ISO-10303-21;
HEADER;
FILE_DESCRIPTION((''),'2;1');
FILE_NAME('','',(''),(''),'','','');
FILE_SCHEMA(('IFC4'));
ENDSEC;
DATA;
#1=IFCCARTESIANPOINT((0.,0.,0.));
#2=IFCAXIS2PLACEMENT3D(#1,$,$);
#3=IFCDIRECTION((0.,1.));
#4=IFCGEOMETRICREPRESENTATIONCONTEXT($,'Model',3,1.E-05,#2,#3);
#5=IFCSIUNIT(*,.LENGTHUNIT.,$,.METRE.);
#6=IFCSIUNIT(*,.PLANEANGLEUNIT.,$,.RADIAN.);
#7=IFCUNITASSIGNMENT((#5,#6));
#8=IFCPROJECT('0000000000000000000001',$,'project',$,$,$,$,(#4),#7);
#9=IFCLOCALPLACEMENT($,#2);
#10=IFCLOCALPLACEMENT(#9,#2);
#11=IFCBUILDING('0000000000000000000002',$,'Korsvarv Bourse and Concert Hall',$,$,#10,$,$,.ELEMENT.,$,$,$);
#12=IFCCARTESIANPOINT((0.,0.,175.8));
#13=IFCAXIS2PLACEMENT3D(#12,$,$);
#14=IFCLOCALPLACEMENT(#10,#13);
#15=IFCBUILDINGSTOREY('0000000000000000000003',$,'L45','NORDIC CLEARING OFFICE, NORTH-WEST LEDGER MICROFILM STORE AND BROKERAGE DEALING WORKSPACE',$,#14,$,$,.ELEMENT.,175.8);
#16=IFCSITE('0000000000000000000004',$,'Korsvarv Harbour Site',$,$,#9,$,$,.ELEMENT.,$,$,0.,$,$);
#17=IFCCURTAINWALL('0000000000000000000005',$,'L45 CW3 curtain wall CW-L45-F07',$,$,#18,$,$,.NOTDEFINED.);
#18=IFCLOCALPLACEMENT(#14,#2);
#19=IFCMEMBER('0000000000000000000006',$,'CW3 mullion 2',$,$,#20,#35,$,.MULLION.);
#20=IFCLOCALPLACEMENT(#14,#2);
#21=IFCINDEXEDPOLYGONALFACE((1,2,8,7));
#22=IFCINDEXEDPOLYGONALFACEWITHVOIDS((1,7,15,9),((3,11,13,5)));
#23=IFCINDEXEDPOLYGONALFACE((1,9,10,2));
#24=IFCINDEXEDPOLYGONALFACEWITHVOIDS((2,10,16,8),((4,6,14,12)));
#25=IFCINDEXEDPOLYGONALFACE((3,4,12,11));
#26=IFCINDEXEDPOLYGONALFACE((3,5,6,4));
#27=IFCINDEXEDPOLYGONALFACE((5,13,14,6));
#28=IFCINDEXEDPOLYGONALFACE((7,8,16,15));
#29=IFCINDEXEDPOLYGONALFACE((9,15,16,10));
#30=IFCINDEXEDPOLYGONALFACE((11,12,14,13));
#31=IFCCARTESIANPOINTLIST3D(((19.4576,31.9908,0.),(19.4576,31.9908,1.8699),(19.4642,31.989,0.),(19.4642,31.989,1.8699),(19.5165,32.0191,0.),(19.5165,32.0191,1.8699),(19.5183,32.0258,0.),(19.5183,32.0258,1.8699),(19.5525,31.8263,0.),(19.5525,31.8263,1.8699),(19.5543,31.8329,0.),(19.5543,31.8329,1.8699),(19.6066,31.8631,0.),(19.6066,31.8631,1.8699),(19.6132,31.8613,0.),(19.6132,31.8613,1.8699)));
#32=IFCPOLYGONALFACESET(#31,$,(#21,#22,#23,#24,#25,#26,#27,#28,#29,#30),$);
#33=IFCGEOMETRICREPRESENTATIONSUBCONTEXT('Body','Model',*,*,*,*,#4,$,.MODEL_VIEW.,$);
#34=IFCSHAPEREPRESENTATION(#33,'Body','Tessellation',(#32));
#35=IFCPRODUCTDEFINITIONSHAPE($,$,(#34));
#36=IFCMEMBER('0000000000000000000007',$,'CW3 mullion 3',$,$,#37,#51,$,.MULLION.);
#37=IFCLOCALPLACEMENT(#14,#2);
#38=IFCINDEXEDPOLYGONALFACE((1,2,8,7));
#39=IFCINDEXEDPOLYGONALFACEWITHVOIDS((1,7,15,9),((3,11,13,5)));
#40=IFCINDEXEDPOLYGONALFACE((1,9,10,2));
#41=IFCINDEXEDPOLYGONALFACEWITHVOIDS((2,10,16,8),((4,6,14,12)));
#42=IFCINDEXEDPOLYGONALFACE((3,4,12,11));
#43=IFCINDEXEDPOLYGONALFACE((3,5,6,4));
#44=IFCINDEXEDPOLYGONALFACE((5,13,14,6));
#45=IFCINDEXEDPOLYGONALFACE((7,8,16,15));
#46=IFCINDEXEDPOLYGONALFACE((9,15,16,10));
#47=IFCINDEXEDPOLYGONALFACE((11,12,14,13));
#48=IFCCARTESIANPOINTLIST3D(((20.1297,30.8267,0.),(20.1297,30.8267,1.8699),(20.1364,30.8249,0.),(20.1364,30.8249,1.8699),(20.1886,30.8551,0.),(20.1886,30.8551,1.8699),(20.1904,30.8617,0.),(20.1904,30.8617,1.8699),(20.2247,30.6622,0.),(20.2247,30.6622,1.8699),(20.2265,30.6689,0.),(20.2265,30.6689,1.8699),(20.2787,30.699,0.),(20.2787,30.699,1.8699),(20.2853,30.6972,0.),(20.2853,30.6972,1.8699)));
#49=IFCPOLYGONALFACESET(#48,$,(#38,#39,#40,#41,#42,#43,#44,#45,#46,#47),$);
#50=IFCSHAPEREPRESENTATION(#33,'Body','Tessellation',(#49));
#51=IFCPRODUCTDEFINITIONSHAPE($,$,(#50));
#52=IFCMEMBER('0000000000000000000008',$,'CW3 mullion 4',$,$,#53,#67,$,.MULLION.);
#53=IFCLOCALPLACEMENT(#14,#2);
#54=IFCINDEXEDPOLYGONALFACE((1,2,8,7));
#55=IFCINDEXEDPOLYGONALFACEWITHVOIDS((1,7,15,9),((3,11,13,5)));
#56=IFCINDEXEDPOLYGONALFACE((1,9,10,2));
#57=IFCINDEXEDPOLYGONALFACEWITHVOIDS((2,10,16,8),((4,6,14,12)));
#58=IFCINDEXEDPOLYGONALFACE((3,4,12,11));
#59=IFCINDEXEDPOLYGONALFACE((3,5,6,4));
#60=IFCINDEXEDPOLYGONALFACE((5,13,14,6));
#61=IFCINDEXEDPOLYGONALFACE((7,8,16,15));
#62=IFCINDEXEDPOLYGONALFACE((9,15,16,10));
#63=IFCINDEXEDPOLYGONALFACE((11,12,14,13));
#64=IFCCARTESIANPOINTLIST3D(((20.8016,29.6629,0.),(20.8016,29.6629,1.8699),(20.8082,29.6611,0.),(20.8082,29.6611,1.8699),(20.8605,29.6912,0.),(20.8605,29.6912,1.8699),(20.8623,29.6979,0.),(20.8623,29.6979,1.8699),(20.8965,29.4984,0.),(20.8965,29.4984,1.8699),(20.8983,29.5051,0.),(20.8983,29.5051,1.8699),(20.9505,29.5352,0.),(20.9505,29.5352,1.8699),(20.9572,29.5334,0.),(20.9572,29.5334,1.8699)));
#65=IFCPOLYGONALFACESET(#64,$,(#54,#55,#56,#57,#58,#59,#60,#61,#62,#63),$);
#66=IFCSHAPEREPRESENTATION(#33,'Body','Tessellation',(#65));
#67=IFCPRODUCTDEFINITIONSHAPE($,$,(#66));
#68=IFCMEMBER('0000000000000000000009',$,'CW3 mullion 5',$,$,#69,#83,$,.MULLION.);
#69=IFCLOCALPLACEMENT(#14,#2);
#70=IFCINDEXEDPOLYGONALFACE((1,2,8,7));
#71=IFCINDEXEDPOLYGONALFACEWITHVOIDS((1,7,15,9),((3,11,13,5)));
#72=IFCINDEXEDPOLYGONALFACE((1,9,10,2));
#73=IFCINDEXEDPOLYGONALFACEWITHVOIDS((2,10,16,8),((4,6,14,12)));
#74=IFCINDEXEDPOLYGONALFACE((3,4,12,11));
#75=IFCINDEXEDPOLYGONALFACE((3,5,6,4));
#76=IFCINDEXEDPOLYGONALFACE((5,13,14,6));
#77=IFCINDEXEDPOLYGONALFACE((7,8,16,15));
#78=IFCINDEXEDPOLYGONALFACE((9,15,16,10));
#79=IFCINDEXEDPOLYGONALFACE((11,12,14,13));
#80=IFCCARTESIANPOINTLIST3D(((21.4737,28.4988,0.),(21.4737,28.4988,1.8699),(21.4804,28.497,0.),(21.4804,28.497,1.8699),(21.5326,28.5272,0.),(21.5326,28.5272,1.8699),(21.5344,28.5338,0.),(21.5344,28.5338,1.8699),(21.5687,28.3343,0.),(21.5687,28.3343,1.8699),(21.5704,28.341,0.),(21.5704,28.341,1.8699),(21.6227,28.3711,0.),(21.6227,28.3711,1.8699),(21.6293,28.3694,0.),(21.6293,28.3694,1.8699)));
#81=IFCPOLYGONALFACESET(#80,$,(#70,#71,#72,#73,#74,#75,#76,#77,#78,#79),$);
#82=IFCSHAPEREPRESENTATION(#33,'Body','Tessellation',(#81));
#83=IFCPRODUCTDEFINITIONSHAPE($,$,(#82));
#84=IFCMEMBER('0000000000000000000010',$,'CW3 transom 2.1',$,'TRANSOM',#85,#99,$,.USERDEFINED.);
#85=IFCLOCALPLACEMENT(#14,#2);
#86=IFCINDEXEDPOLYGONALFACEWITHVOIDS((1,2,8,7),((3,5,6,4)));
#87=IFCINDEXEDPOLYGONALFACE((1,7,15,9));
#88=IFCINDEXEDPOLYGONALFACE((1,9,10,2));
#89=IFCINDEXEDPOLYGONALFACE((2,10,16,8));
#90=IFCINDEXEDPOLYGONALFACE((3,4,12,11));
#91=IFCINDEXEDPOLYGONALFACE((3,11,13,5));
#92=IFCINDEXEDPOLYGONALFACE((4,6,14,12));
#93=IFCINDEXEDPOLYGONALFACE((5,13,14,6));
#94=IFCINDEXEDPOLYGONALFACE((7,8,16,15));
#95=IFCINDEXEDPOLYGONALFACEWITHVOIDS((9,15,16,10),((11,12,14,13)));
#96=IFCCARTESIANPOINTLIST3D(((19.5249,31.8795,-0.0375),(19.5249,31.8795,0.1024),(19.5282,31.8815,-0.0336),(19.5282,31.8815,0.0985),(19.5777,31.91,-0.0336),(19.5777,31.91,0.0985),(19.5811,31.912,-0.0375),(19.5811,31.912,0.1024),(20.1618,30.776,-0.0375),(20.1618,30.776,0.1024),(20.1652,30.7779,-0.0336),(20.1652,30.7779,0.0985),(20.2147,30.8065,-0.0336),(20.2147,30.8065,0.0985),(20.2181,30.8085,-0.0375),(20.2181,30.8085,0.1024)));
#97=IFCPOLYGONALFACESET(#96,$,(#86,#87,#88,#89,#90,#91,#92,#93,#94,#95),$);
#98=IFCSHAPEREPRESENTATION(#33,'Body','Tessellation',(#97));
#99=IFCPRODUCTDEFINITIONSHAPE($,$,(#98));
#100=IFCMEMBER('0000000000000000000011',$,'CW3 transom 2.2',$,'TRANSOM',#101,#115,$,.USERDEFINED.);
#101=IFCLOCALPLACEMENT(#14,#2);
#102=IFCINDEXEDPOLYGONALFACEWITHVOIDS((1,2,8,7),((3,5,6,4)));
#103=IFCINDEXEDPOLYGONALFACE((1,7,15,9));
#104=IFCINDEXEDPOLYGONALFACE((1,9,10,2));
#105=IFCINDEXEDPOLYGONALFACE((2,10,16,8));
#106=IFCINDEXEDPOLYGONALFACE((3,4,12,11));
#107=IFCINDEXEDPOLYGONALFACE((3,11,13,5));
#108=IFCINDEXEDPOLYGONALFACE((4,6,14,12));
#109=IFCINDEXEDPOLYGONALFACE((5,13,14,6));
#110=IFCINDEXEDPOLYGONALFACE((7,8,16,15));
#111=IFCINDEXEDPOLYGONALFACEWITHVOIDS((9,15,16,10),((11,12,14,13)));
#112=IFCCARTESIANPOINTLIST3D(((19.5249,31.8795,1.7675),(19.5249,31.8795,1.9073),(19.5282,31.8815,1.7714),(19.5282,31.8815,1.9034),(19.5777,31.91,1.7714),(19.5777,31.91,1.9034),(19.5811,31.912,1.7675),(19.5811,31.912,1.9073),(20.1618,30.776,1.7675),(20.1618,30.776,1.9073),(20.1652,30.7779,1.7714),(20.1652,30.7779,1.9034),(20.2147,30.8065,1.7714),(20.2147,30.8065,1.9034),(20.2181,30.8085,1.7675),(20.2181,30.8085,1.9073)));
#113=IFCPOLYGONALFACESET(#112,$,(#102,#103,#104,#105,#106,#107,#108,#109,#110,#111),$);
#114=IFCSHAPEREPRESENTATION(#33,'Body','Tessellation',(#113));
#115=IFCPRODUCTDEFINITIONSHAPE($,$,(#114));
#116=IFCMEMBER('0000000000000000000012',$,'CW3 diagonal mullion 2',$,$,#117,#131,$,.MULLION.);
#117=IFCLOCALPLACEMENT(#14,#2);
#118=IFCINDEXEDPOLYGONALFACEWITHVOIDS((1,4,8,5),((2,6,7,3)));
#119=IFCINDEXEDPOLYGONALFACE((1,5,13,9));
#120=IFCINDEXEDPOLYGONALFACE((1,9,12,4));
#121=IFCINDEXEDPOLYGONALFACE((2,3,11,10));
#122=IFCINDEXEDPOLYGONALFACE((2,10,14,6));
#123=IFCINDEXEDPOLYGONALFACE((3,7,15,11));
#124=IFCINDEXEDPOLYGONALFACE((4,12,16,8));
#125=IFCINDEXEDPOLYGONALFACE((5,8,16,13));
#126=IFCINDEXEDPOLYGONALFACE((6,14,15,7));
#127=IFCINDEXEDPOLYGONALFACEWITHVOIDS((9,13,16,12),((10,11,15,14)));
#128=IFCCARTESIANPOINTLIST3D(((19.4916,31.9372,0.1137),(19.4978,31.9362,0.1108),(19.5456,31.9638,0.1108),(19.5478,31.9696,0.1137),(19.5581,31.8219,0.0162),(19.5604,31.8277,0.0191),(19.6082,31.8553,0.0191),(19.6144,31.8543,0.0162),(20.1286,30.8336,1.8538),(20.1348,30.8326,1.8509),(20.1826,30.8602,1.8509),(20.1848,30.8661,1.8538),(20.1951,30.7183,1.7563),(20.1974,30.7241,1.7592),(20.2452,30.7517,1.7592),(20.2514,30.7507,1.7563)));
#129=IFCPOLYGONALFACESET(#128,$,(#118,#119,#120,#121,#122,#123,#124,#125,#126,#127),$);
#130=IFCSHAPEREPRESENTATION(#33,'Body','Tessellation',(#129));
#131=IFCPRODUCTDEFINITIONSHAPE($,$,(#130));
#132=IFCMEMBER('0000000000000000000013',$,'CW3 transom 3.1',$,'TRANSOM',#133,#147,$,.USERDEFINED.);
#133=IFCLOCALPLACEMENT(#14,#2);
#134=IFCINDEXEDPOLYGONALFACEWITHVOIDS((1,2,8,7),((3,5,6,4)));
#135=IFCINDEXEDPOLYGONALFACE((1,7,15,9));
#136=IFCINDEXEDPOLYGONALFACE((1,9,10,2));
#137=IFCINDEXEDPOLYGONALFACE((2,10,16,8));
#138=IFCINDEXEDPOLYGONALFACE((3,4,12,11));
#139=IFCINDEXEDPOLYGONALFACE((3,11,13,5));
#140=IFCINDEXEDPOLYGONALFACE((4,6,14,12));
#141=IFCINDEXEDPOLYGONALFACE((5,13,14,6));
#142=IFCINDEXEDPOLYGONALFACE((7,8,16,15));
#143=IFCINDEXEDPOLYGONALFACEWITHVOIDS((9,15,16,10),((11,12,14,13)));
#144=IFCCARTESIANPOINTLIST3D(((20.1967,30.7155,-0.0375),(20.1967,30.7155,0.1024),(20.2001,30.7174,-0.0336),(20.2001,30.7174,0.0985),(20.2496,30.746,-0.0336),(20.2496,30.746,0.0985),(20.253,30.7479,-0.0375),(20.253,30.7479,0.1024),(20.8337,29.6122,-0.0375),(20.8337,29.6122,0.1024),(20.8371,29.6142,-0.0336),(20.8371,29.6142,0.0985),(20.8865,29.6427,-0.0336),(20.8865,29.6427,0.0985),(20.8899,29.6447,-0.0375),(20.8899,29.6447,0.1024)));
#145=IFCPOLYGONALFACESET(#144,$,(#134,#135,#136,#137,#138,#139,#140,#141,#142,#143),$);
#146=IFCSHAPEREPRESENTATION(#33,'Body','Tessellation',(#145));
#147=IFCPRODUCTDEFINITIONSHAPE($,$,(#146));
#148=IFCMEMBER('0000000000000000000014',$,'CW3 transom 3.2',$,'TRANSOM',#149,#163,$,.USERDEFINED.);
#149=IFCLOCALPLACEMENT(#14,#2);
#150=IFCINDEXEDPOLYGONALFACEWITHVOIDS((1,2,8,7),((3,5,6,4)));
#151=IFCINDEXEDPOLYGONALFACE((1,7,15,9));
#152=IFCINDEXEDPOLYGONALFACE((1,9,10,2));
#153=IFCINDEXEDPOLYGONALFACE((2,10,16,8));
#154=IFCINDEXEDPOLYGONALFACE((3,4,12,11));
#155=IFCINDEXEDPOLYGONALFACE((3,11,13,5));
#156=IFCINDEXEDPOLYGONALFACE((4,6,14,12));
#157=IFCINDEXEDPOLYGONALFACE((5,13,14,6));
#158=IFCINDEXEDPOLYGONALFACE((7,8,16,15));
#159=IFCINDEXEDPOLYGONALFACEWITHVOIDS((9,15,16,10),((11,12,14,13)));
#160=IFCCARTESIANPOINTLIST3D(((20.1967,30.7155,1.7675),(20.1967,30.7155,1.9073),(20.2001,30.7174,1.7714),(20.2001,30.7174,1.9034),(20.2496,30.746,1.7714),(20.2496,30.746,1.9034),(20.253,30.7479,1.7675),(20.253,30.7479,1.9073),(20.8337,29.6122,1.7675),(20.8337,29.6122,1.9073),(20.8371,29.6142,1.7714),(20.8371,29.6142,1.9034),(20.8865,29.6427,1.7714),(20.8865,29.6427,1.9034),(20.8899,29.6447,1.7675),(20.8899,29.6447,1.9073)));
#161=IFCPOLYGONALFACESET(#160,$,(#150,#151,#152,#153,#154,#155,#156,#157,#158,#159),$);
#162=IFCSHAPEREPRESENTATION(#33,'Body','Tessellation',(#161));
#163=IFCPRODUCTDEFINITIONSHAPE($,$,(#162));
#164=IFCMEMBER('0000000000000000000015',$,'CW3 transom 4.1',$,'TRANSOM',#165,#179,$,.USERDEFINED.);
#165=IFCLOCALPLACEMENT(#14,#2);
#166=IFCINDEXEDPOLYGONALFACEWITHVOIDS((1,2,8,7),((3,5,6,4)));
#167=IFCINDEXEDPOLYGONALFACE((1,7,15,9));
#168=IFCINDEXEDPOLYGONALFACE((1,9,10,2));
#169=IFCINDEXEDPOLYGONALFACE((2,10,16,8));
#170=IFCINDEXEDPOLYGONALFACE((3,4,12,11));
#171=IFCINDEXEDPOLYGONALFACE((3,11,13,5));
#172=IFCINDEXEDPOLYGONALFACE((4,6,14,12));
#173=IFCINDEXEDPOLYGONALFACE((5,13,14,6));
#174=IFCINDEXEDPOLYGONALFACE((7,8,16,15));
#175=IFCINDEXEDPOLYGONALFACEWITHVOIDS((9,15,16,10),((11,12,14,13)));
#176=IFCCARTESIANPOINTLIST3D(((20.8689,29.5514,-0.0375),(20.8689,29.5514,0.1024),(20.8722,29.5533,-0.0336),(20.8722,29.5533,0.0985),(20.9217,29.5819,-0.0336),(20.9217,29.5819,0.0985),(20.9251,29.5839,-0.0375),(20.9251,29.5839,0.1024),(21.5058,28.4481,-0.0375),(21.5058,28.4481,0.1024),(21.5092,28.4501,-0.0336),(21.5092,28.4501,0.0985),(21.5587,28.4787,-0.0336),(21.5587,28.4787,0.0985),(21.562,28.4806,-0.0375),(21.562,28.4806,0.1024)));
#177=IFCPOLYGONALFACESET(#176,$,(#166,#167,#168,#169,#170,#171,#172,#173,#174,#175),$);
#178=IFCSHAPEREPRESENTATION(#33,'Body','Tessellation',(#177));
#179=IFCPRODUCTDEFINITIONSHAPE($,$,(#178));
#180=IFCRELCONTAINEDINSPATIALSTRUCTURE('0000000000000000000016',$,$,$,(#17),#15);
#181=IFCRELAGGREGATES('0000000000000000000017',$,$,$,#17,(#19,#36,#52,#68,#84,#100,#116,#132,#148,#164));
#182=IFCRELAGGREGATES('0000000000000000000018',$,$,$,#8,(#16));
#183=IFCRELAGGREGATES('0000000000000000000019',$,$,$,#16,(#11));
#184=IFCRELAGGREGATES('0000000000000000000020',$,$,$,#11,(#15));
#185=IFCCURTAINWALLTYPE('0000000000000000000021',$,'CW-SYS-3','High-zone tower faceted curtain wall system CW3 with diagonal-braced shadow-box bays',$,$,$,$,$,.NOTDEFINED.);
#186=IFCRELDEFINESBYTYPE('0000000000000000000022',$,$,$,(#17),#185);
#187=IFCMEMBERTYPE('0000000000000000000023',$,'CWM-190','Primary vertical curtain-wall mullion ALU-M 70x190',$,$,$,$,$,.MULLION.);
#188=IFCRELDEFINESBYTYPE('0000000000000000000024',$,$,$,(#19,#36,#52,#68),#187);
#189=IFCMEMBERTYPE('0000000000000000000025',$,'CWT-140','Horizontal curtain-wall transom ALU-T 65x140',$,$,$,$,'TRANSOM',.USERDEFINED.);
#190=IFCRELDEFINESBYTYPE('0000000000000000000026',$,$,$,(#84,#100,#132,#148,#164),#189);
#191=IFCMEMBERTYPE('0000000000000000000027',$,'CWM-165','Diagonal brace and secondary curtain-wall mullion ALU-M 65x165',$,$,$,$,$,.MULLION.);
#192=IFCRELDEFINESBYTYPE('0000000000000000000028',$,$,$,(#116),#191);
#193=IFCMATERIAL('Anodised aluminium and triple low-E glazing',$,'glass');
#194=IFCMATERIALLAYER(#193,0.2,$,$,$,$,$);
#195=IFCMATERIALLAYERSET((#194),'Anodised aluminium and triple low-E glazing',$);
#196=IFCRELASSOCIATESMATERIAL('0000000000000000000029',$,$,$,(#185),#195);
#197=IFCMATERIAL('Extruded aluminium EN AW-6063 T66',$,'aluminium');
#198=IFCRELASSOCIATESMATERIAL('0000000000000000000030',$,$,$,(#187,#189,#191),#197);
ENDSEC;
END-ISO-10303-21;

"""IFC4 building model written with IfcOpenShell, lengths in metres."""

from ifc_helpers import new_model, si_unit, direction, frame, origin, origin_2d, place, context, subcontext, project, spatial, hollow_rectangle, extrude, source, transform, mapped, material, layer, layer_set, material_profile, profile_set, type_object, element, aggregate, save


model = new_model("IFC4")

# Units and contexts
model_context = context("Model", 3, precision=1e-05, world=origin(), true_north=direction((0.0, 1.0)))
body_context = subcontext(model_context, "Body", "Model", "MODEL_VIEW")
ifc_project = project(units=[si_unit("LENGTHUNIT", "METRE"), si_unit("PLANEANGLEUNIT", "RADIAN")], contexts=[model_context])

# Site, building, storey
site_placement = place(None, origin())
site = spatial("IfcSite", under=ifc_project, at=site_placement, Name="Korsvarv Harbour Site", CompositionType="ELEMENT", RefElevation=0.0)
building_placement = place(site_placement, origin())
building = spatial("IfcBuilding", under=site, at=building_placement, Name="Korsvarv Bourse and Concert Hall", CompositionType="ELEMENT")
storey_placement = place(building_placement, frame((0.0, 0.0, 175.8)))
storey = spatial("IfcBuildingStorey", under=building, at=storey_placement, Name="L45", Description="NORDIC CLEARING OFFICE, NORTH-WEST LEDGER MICROFILM STORE AND BROKERAGE DEALING WORKSPACE", CompositionType="ELEMENT", Elevation=175.8)

# Curtain wall, members
ifc_material_1 = material(Name="Anodised aluminium and triple low-E glazing", Category="glass")
ifc_layer_1 = layer(ifc_material_1, 0.2)
ifc_layer_set_1 = layer_set([ifc_layer_1], Name="Anodised aluminium and triple low-E glazing")
curtain_wall_type = type_object("IfcCurtainWallType", Name="CW-SYS-3", Description="High-zone tower faceted curtain wall system CW3 with diagonal-braced shadow-box bays", PredefinedType="NOTDEFINED", material=ifc_layer_set_1)
curtain_wall_placement = place(storey_placement, origin())
curtain_wall = element("IfcCurtainWall", 1, at=curtain_wall_placement, inside=storey, type_object=curtain_wall_type, Name="L45 CW3 curtain wall CW-L45-F07", PredefinedType="NOTDEFINED")
ifc_material_2 = material(Name="Extruded aluminium EN AW-6063 T66", Category="aluminium")
ifc_material_profile_1 = material_profile(ifc_material_2, hollow_rectangle(XDim=0.0701, YDim=0.1899, WallThickness=0.0049, at=origin_2d()), Name="ALU-M 70x190")
ifc_profile_set_1 = profile_set([ifc_material_profile_1], Name="Extruded aluminium EN AW-6063 T66")
member_type_1 = type_object("IfcMemberType", Name="CWM-190", Description="Primary vertical curtain-wall mullion ALU-M 70x190", PredefinedType="MULLION", material=ifc_profile_set_1)
shared_shape_1 = source(origin(), body_context, "Body", "SweptSolid", [
    extrude(hollow_rectangle(XDim=0.0701, YDim=0.1899, WallThickness=0.0049, at=origin_2d()), origin(), (0.0, 0.0, 1.0), 1.8699),
])
member_1_placement = place(storey_placement, frame((19.5354, 31.926, 0.0), z_axis=(0.0, 0.0, 1.0), x_axis=(0.866029, 0.499994, 0.0)))
member_1 = element("IfcMember", 2, at=member_1_placement, type_object=member_type_1, Name="CW3 mullion 2", PredefinedType="MULLION", context=body_context, shape_type="MappedRepresentation", body=[
    mapped(shared_shape_1, transform((0.0, 0.0, 0.0), scale=1.0)),
])
member_2_placement = place(storey_placement, frame((20.2075, 30.762, 0.0), z_axis=(0.0, 0.0, 1.0), x_axis=(0.866029, 0.499994, 0.0)))
member_2 = element("IfcMember", 3, at=member_2_placement, type_object=member_type_1, Name="CW3 mullion 3", PredefinedType="MULLION", context=body_context, shape_type="MappedRepresentation", body=[
    mapped(shared_shape_1, transform((0.0, 0.0, 0.0), scale=1.0)),
])
member_3_placement = place(storey_placement, frame((20.8794, 29.5981, 0.0), z_axis=(0.0, 0.0, 1.0), x_axis=(0.866029, 0.499994, 0.0)))
member_3 = element("IfcMember", 4, at=member_3_placement, type_object=member_type_1, Name="CW3 mullion 4", PredefinedType="MULLION", context=body_context, shape_type="MappedRepresentation", body=[
    mapped(shared_shape_1, transform((0.0, 0.0, 0.0), scale=1.0)),
])
member_4_placement = place(storey_placement, frame((21.5515, 28.4341, 0.0), z_axis=(0.0, 0.0, 1.0), x_axis=(0.866029, 0.499994, 0.0)))
member_4 = element("IfcMember", 5, at=member_4_placement, type_object=member_type_1, Name="CW3 mullion 5", PredefinedType="MULLION", context=body_context, shape_type="MappedRepresentation", body=[
    mapped(shared_shape_1, transform((0.0, 0.0, 0.0), scale=1.0)),
])
ifc_material_profile_2 = material_profile(ifc_material_2, hollow_rectangle(XDim=0.0649, YDim=0.1399, WallThickness=0.0039, at=origin_2d()), Name="ALU-T 65x140")
ifc_profile_set_2 = profile_set([ifc_material_profile_2], Name="Extruded aluminium EN AW-6063 T66")
member_type_2 = type_object("IfcMemberType", Name="CWT-140", Description="Horizontal curtain-wall transom ALU-T 65x140", ElementType="TRANSOM", PredefinedType="USERDEFINED", material=ifc_profile_set_2)
shared_shape_2 = source(origin(), body_context, "Body", "SweptSolid", [
    extrude(hollow_rectangle(XDim=0.0649, YDim=0.1399, WallThickness=0.0039, at=origin_2d()), origin(), (0.0, 0.0, 1.0), 1.2742),
])
member_5_placement = place(storey_placement, frame((19.553, 31.8958, 0.0325), z_axis=(0.49991, -0.866077, 0.0), x_axis=(0.866077, 0.49991, 0.0)))
member_5 = element("IfcMember", 6, at=member_5_placement, type_object=member_type_2, Name="CW3 transom 2.1", ObjectType="TRANSOM", PredefinedType="USERDEFINED", context=body_context, shape_type="MappedRepresentation", body=[
    mapped(shared_shape_2, transform((0.0, 0.0, 0.0), scale=1.0)),
])
member_6_placement = place(storey_placement, frame((19.553, 31.8958, 1.8374), z_axis=(0.49991, -0.866077, 0.0), x_axis=(0.866077, 0.49991, 0.0)))
member_6 = element("IfcMember", 7, at=member_6_placement, type_object=member_type_2, Name="CW3 transom 2.2", ObjectType="TRANSOM", PredefinedType="USERDEFINED", context=body_context, shape_type="MappedRepresentation", body=[
    mapped(shared_shape_2, transform((0.0, 0.0, 0.0), scale=1.0)),
])
ifc_material_profile_3 = material_profile(ifc_material_2, hollow_rectangle(XDim=0.0649, YDim=0.165, WallThickness=0.0049, at=origin_2d()), Name="ALU-M 65x165")
ifc_profile_set_3 = profile_set([ifc_material_profile_3], Name="Extruded aluminium EN AW-6063 T66")
member_type_3 = type_object("IfcMemberType", Name="CWM-165", Description="Diagonal brace and secondary curtain-wall mullion ALU-M 65x165", PredefinedType="MULLION", material=ifc_profile_set_3)
shared_shape_3 = source(origin(), body_context, "Body", "SweptSolid", [
    extrude(hollow_rectangle(XDim=0.0649, YDim=0.165, WallThickness=0.0049, at=origin_2d()), origin(), (0.0, 0.0, 1.0), 2.1567),
])
member_7_placement = place(storey_placement, frame((19.553, 31.8958, 0.0649), z_axis=(0.295352, -0.511686, 0.806811), x_axis=(0.866077, 0.49991, 0.0)))
member_7 = element("IfcMember", 8, at=member_7_placement, type_object=member_type_3, Name="CW3 diagonal mullion 2", PredefinedType="MULLION", context=body_context, shape_type="MappedRepresentation", body=[
    mapped(shared_shape_3, transform((0.0, 0.0, 0.0), scale=1.0)),
])
shared_shape_4 = source(origin(), body_context, "Body", "SweptSolid", [
    extrude(hollow_rectangle(XDim=0.0649, YDim=0.1399, WallThickness=0.0039, at=origin_2d()), origin(), (0.0, 0.0, 1.0), 1.2739),
])
member_8_placement = place(storey_placement, frame((20.2249, 30.7317, 0.0325), z_axis=(0.499993, -0.866029, 0.0), x_axis=(0.866029, 0.499993, 0.0)))
member_8 = element("IfcMember", 9, at=member_8_placement, type_object=member_type_2, Name="CW3 transom 3.1", ObjectType="TRANSOM", PredefinedType="USERDEFINED", context=body_context, shape_type="MappedRepresentation", body=[
    mapped(shared_shape_4, transform((0.0, 0.0, 0.0), scale=1.0)),
])
member_9_placement = place(storey_placement, frame((20.2249, 30.7317, 1.8374), z_axis=(0.499993, -0.866029, 0.0), x_axis=(0.866029, 0.499993, 0.0)))
member_9 = element("IfcMember", 10, at=member_9_placement, type_object=member_type_2, Name="CW3 transom 3.2", ObjectType="TRANSOM", PredefinedType="USERDEFINED", context=body_context, shape_type="MappedRepresentation", body=[
    mapped(shared_shape_4, transform((0.0, 0.0, 0.0), scale=1.0)),
])
member_10_placement = place(storey_placement, frame((20.897, 29.5676, 0.0325), z_axis=(0.499993, -0.866029, 0.0), x_axis=(0.866029, 0.499993, 0.0)))
member_10 = element("IfcMember", 11, at=member_10_placement, type_object=member_type_2, Name="CW3 transom 4.1", ObjectType="TRANSOM", PredefinedType="USERDEFINED", context=body_context, shape_type="MappedRepresentation", body=[
    mapped(shared_shape_4, transform((0.0, 0.0, 0.0), scale=1.0)),
])

aggregate(curtain_wall, [member_1, member_2, member_3, member_4, member_5, member_6, member_7, member_8, member_9, member_10])

save(model, "model.ifc")
